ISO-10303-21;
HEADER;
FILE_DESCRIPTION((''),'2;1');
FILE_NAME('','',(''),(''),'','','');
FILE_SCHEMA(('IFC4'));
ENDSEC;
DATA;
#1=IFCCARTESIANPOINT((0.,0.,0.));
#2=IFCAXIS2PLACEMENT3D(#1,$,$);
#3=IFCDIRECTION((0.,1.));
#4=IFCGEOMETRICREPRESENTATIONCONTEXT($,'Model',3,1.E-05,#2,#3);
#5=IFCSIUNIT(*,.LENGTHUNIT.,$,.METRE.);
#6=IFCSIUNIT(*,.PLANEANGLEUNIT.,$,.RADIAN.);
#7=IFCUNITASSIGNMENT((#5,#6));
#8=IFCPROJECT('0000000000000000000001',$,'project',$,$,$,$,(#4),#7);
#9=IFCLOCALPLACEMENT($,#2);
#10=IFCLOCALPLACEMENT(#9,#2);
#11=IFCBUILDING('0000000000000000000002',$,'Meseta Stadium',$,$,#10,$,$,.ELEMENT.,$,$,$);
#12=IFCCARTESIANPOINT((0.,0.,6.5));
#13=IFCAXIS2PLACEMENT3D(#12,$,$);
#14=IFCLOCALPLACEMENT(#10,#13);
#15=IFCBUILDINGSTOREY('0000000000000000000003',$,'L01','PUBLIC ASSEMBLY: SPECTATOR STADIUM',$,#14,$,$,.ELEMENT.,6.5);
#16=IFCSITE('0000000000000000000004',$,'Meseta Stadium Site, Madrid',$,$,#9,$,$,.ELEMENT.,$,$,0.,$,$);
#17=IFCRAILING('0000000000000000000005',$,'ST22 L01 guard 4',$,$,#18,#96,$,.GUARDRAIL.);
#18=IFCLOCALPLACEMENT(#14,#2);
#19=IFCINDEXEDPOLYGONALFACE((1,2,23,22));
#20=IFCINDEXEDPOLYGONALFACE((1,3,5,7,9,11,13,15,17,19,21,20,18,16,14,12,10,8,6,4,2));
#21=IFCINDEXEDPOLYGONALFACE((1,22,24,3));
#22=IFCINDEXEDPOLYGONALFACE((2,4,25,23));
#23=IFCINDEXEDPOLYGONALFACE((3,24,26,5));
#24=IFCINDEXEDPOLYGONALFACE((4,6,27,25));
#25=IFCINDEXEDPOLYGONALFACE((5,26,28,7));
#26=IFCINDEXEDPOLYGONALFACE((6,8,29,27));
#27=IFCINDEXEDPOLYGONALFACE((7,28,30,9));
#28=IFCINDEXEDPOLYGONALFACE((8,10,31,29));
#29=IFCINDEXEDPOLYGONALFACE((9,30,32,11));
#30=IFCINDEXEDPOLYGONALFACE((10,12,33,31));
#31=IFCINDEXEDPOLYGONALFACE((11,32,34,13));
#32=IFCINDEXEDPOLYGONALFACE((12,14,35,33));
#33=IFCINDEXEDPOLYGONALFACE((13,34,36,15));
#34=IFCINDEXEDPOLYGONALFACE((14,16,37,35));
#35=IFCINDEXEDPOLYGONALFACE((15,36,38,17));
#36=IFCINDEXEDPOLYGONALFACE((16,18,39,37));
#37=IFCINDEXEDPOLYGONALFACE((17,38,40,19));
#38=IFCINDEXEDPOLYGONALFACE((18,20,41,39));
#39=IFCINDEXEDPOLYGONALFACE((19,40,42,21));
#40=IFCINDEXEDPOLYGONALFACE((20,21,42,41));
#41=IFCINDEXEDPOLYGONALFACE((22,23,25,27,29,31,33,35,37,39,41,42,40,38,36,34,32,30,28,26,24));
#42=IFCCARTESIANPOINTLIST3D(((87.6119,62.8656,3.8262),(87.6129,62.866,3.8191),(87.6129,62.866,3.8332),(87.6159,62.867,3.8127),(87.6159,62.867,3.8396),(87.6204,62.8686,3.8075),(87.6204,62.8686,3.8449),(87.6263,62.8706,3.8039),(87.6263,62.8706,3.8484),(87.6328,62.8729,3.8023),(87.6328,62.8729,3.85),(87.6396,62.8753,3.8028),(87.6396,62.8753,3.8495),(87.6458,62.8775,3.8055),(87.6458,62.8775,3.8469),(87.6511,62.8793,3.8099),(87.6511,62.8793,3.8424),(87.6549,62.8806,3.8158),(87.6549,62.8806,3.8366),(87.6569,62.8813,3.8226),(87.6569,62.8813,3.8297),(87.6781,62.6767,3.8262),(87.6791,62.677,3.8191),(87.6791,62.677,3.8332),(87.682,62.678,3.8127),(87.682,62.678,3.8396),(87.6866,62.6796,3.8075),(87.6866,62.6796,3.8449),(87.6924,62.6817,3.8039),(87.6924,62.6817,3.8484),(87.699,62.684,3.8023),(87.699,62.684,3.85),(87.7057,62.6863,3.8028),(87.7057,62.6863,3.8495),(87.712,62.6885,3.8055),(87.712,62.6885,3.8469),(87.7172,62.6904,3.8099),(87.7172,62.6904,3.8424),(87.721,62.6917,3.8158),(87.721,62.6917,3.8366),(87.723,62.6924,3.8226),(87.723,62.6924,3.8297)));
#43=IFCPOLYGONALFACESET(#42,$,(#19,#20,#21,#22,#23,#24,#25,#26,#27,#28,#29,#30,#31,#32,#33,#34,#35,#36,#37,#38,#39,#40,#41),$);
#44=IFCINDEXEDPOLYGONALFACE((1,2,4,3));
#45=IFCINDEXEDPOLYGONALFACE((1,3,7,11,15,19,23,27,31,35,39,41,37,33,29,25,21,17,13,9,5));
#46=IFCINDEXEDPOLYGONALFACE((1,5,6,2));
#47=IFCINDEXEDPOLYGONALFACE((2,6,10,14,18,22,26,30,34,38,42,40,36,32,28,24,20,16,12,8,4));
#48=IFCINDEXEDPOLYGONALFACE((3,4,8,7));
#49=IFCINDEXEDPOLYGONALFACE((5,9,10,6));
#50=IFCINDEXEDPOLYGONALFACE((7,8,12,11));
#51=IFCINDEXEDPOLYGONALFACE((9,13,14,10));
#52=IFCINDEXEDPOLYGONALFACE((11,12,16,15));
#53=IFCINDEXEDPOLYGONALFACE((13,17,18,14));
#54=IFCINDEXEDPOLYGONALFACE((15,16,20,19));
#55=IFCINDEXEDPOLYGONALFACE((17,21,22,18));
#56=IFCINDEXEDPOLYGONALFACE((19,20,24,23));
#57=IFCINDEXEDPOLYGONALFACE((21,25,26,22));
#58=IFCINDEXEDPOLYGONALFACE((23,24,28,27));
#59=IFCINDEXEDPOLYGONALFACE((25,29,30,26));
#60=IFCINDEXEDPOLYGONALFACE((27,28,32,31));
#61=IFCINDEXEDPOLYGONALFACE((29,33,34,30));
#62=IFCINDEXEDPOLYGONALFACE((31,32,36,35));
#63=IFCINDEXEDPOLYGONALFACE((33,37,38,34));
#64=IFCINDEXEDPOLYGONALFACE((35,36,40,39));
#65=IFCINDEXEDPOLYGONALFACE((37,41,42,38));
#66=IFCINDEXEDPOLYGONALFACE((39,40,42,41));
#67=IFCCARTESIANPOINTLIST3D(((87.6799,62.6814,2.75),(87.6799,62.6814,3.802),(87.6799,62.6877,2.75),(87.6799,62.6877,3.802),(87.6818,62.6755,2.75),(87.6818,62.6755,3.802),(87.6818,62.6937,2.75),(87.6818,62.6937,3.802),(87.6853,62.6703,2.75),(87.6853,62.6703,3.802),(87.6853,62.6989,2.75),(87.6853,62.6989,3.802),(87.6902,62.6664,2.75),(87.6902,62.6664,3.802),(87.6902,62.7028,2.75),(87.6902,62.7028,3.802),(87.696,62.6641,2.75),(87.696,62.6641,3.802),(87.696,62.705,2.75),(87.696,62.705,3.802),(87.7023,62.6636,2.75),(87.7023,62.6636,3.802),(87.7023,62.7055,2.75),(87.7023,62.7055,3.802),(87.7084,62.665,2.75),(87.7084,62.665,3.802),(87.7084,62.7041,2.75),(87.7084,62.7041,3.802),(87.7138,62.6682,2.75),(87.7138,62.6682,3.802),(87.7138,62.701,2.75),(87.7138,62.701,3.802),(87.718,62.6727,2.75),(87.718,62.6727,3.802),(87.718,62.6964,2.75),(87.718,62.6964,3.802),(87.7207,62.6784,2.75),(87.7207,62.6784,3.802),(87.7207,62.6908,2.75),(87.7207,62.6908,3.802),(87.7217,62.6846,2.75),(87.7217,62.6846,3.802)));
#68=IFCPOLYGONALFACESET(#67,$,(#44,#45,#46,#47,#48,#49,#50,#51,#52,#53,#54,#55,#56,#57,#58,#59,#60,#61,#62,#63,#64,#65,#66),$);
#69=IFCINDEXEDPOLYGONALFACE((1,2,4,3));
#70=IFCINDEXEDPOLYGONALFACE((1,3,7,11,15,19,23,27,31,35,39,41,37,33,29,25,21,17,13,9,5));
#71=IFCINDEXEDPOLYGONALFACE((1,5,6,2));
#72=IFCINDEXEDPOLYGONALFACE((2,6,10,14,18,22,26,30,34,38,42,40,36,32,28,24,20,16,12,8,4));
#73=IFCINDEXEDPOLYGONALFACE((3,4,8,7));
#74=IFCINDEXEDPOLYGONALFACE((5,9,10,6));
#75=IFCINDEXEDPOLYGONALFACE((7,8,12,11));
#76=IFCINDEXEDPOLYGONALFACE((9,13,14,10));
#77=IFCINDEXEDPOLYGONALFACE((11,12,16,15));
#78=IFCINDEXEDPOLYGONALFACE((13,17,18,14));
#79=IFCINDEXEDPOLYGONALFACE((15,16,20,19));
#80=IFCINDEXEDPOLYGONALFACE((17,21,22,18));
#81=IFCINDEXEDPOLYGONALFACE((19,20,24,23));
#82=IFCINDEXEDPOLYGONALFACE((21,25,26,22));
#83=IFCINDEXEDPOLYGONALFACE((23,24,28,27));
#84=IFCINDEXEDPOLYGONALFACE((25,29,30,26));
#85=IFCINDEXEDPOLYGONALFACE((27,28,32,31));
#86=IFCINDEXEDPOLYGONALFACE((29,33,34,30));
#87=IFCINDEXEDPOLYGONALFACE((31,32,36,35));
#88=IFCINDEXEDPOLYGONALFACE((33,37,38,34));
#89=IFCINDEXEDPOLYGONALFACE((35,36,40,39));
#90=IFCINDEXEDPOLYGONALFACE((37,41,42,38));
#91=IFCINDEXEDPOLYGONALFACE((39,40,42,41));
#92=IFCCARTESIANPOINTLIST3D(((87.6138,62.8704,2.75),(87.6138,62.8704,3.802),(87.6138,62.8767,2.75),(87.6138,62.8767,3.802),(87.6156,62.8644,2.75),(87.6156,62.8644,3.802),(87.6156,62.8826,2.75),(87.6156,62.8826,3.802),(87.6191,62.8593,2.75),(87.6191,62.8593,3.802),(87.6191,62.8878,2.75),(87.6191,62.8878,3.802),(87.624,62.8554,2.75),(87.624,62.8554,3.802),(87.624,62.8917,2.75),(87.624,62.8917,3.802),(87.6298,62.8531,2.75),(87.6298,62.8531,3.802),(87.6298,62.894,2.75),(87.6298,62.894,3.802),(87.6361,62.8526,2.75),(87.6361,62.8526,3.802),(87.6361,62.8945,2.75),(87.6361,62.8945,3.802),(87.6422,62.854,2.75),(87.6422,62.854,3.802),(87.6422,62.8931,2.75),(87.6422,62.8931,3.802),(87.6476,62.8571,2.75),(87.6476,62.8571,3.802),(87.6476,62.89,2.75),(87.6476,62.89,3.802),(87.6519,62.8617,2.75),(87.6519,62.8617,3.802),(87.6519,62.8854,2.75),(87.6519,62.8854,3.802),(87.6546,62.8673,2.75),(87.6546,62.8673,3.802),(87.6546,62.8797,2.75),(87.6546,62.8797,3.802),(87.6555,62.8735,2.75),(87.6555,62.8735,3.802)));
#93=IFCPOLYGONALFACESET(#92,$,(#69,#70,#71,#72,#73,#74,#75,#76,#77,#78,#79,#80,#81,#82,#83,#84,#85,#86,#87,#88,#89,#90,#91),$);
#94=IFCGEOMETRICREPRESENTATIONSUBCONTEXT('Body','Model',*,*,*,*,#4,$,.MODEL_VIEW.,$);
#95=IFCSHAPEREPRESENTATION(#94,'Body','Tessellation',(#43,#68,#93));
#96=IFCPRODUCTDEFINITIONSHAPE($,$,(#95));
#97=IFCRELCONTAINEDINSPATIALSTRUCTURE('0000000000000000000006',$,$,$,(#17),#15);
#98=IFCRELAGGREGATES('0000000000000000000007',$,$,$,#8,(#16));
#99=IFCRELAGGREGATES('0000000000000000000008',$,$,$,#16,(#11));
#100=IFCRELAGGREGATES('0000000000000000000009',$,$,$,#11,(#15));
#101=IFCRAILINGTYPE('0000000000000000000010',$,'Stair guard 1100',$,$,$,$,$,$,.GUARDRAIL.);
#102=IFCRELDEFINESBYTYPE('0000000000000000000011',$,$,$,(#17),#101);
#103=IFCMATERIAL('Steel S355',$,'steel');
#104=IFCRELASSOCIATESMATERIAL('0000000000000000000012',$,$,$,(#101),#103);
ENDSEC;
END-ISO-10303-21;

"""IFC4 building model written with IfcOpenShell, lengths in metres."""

from ifc_helpers import new_model, si_unit, direction, frame, origin, origin_2d, place, context, subcontext, project, spatial, circle, extrude, material, type_object, element, save


model = new_model("IFC4")

# Units and contexts
model_context = context("Model", 3, precision=1e-05, world=origin(), true_north=direction((0.0, 1.0)))
body_context = subcontext(model_context, "Body", "Model", "MODEL_VIEW")
ifc_project = project(units=[si_unit("LENGTHUNIT", "METRE"), si_unit("PLANEANGLEUNIT", "RADIAN")], contexts=[model_context])

# Site, building, storey
site_placement = place(None, origin())
site = spatial("IfcSite", under=ifc_project, at=site_placement, Name="Meseta Stadium Site, Madrid", CompositionType="ELEMENT", RefElevation=0.0)
building_placement = place(site_placement, origin())
building = spatial("IfcBuilding", under=site, at=building_placement, Name="Meseta Stadium", CompositionType="ELEMENT")
storey_placement = place(building_placement, frame((0.0, 0.0, 6.5)))
storey = spatial("IfcBuildingStorey", under=building, at=storey_placement, Name="L01", Description="PUBLIC ASSEMBLY: SPECTATOR STADIUM", CompositionType="ELEMENT", Elevation=6.5)

# Railing
ifc_material_1 = material(Name="Steel S355", Category="steel")
railing_type = type_object("IfcRailingType", Name="Stair guard 1100", PredefinedType="GUARDRAIL", material=ifc_material_1)
railing_1_placement = place(storey_placement, frame((87.7007, 62.6846, 2.75)))
element("IfcRailing", 1, at=railing_1_placement, inside=storey, type_object=railing_type, Name="ST22 L01 guard 4", PredefinedType="GUARDRAIL", context=body_context, shape_type="SweptSolid", body=[
    extrude(circle(Radius=0.0239, at=origin_2d()), frame((0.0, 0.0, 1.0762), z_axis=(-0.330459, 0.94382, 0.0), x_axis=(-0.94382, -0.330459, 0.0)), (0.0, 0.0, 1.0), 0.2002),
    extrude(circle(Radius=0.021, at=origin_2d()), origin(), (0.0, 0.0, 1.0), 1.052),
    extrude(circle(Radius=0.021, at=origin_2d()), frame((-0.0662, 0.189, 0.0)), (0.0, 0.0, 1.0), 1.052),
])

save(model, "model.ifc")
